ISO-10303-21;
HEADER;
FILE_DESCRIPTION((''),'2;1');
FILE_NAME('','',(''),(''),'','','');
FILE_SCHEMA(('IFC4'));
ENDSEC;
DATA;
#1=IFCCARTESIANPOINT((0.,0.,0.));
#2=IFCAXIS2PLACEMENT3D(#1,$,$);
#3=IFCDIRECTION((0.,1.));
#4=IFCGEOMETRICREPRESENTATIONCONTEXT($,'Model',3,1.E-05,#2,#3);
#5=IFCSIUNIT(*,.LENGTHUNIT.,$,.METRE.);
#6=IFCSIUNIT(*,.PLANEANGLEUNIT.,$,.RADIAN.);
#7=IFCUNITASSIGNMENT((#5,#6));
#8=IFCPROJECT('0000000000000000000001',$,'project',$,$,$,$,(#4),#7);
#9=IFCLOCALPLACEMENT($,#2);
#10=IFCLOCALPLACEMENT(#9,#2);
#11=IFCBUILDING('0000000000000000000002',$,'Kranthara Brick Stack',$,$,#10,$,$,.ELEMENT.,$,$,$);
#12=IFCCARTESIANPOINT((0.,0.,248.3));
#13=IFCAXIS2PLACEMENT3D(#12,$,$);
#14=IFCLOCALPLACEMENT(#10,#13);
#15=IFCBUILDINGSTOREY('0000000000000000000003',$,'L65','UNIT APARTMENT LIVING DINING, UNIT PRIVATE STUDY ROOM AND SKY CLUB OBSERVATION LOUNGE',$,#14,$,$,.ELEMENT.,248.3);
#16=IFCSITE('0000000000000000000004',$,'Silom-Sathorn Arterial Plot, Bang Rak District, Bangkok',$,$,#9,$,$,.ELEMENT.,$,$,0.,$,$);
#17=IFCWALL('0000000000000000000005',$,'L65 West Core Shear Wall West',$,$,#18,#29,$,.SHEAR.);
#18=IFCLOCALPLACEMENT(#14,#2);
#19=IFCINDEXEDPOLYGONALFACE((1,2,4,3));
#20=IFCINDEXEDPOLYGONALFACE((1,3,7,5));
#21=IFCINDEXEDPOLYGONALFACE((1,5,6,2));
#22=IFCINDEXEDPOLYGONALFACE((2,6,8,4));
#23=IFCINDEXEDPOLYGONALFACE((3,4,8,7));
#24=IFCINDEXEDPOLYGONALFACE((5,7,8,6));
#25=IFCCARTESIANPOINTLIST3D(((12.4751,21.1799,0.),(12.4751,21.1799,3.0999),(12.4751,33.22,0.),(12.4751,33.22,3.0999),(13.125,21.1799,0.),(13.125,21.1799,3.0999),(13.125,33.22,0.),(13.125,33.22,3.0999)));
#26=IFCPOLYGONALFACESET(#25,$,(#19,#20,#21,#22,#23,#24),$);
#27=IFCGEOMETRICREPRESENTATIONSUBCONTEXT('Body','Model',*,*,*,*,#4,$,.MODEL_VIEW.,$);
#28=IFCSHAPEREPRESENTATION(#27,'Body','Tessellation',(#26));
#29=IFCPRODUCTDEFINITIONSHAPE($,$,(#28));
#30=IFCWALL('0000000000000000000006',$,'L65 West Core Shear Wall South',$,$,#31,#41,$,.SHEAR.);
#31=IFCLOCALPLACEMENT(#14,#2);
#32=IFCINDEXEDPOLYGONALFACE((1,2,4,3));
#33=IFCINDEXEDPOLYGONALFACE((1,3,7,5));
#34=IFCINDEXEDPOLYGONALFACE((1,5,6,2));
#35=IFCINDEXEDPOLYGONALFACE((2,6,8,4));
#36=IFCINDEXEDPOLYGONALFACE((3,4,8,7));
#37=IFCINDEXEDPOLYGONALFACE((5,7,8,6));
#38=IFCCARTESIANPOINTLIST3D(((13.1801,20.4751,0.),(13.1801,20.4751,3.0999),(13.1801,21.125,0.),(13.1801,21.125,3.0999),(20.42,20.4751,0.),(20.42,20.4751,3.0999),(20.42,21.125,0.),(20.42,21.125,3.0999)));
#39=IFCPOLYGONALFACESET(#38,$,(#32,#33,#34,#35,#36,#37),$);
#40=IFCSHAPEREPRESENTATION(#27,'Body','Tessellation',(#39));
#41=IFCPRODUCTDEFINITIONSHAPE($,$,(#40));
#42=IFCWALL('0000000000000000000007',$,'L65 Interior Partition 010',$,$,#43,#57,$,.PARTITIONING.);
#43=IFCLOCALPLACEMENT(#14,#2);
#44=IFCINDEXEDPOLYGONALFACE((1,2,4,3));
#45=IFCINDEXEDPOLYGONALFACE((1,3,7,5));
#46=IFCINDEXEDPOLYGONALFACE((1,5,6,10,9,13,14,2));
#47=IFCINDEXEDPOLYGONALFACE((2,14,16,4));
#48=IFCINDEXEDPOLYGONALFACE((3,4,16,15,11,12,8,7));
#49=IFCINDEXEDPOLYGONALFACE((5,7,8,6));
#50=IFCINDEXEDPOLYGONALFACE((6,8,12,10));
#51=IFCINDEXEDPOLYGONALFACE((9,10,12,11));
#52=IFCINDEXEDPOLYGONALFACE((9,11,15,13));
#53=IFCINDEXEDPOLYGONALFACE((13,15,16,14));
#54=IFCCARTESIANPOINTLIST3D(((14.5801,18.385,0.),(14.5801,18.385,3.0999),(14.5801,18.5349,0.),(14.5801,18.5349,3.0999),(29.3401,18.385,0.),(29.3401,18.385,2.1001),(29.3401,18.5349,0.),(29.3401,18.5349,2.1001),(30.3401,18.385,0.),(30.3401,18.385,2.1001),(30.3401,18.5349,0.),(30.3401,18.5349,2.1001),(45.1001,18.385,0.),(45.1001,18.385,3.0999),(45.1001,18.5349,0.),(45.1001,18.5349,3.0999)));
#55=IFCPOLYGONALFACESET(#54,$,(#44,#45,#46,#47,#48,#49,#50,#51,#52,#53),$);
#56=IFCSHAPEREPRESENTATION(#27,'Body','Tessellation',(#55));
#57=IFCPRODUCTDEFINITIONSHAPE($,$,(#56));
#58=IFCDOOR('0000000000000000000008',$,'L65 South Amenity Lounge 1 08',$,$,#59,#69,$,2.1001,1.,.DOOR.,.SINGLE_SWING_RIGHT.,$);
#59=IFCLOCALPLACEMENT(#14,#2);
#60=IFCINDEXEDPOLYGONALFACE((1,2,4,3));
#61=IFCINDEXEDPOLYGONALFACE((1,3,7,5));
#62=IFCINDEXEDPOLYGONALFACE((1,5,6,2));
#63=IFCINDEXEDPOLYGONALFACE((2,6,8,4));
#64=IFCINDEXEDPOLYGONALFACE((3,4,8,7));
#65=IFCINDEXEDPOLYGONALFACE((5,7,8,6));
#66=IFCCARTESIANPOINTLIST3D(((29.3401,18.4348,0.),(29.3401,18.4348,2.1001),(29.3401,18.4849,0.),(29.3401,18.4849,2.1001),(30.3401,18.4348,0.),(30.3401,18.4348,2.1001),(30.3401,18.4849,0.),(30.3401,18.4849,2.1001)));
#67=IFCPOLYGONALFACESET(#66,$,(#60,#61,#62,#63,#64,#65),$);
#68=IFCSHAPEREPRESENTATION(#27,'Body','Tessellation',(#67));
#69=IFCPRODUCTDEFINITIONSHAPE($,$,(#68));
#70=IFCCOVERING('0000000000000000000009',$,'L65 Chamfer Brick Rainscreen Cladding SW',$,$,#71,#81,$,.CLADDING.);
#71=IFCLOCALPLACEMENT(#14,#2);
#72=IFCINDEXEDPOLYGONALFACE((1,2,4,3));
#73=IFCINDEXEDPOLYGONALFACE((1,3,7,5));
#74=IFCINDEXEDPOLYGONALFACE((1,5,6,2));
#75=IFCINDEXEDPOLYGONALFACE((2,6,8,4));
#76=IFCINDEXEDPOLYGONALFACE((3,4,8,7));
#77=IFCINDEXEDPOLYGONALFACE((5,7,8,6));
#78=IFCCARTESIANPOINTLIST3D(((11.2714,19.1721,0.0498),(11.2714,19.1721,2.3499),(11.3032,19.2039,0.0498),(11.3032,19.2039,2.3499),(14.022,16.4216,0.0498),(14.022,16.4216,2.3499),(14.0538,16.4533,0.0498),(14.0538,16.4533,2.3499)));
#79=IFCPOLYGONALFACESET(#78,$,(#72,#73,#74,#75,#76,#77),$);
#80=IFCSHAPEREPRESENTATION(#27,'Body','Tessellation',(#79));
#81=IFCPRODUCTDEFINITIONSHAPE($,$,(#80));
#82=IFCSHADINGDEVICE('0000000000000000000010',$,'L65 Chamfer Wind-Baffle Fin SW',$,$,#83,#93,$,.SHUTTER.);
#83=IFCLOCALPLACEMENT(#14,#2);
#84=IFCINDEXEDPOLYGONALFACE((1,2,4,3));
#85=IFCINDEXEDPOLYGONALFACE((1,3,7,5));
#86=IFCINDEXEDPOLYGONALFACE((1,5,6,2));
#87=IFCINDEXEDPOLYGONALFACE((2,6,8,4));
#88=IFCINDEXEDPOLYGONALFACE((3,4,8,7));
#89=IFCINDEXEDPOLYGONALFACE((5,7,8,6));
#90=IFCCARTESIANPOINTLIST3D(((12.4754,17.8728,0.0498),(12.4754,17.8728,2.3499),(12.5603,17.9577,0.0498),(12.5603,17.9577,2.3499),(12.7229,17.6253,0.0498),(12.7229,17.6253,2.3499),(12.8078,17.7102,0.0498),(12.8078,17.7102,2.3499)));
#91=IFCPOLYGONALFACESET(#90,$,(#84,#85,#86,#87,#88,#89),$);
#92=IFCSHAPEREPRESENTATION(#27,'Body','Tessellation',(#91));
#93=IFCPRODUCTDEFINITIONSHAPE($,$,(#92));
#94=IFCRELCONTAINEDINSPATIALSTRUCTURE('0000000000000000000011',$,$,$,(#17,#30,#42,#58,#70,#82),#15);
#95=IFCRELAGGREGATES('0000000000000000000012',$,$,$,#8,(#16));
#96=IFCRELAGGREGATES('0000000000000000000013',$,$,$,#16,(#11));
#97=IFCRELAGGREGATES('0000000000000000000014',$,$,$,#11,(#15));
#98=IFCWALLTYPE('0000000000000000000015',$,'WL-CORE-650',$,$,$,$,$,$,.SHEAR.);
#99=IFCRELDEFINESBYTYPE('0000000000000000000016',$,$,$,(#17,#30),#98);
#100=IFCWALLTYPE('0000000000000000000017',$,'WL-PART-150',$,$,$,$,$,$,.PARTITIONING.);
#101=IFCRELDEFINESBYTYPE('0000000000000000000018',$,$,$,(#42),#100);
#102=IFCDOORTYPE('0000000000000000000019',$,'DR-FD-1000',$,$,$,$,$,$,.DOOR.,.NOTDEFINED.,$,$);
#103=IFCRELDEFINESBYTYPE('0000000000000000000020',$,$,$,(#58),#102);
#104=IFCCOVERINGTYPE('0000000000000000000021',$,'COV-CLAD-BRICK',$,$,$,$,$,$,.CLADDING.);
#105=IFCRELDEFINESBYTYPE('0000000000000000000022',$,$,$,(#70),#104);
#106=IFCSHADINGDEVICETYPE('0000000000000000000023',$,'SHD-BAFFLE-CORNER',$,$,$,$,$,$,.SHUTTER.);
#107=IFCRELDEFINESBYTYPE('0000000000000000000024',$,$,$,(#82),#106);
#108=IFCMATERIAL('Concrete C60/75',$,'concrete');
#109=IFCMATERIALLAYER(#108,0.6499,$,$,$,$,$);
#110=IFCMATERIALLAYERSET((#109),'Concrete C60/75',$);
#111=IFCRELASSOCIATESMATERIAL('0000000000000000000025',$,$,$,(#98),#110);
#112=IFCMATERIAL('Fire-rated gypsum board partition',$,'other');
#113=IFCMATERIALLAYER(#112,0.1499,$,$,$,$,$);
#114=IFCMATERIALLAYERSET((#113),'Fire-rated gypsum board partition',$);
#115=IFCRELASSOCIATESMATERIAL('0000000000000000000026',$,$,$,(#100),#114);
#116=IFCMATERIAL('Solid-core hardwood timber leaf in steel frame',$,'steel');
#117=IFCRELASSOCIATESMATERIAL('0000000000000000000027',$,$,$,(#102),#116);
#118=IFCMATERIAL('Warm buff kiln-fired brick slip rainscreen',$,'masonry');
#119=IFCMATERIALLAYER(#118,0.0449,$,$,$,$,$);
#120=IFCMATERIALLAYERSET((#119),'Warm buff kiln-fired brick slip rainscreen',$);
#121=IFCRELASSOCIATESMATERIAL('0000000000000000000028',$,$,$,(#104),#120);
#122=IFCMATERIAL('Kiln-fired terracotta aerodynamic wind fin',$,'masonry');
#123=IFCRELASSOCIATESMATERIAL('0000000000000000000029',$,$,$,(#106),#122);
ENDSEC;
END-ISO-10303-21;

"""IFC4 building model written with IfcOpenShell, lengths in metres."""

from ifc_helpers import new_model, si_unit, direction, frame, frame_2d, origin, origin_2d, place, context, subcontext, project, spatial, rectangle, extrude, material, layer, layer_set, type_object, element, fill, save


model = new_model("IFC4")

# Units and contexts
model_context = context("Model", 3, precision=1e-05, world=origin(), true_north=direction((0.0, 1.0)))
body_context = subcontext(model_context, "Body", "Model", "MODEL_VIEW")
ifc_project = project(units=[si_unit("LENGTHUNIT", "METRE"), si_unit("PLANEANGLEUNIT", "RADIAN")], contexts=[model_context])

# Site, building, storey
site_placement = place(None, origin())
site = spatial("IfcSite", under=ifc_project, at=site_placement, Name="Silom-Sathorn Arterial Plot, Bang Rak District, Bangkok", CompositionType="ELEMENT", RefElevation=0.0)
building_placement = place(site_placement, origin())
building = spatial("IfcBuilding", under=site, at=building_placement, Name="Kranthara Brick Stack", CompositionType="ELEMENT")
storey_placement = place(building_placement, frame((0.0, 0.0, 248.3)))
storey = spatial("IfcBuildingStorey", under=building, at=storey_placement, Name="L65", Description="UNIT APARTMENT LIVING DINING, UNIT PRIVATE STUDY ROOM AND SKY CLUB OBSERVATION LOUNGE", CompositionType="ELEMENT", Elevation=248.3)

# Walls
ifc_material_1 = material(Name="Concrete C60/75", Category="concrete")
ifc_layer_1 = layer(ifc_material_1, 0.6499)
ifc_layer_set_1 = layer_set([ifc_layer_1], Name="Concrete C60/75")
wall_type_1 = type_object("IfcWallType", Name="WL-CORE-650", PredefinedType="SHEAR", material=ifc_layer_set_1)
wall_1_placement = place(storey_placement, frame((12.8, 21.1799, 0.0), z_axis=(0.0, 0.0, 1.0), x_axis=(0.0, 1.0, 0.0)))
element("IfcWall", 1, at=wall_1_placement, inside=storey, type_object=wall_type_1, Name="L65 West Core Shear Wall West", PredefinedType="SHEAR", context=body_context, shape_type="SweptSolid", body=[
    extrude(rectangle(XDim=12.04, YDim=0.6499, at=frame_2d((6.02, 0.0))), origin(), (0.0, 0.0, 1.0), 3.0999),
])
wall_2_placement = place(storey_placement, frame((13.1799, 20.8, 0.0), z_axis=(0.0, 0.0, 1.0), x_axis=(1.0, 0.0, 0.0)))
element("IfcWall", 2, at=wall_2_placement, inside=storey, type_object=wall_type_1, Name="L65 West Core Shear Wall South", PredefinedType="SHEAR", context=body_context, shape_type="SweptSolid", body=[
    extrude(rectangle(XDim=7.24, YDim=0.6499, at=frame_2d((3.6201, 0.0))), origin(), (0.0, 0.0, 1.0), 3.0999),
])

# Wall, opening, door
ifc_material_2 = material(Name="Fire-rated gypsum board partition", Category="other")
ifc_layer_2 = layer(ifc_material_2, 0.1499)
ifc_layer_set_2 = layer_set([ifc_layer_2], Name="Fire-rated gypsum board partition")
wall_type_2 = type_object("IfcWallType", Name="WL-PART-150", PredefinedType="PARTITIONING", material=ifc_layer_set_2)
wall_3_placement = place(storey_placement, frame((14.5801, 18.46, 0.0), z_axis=(0.0, 0.0, 1.0), x_axis=(1.0, 0.0, 0.0)))
wall_3 = element("IfcWall", 3, at=wall_3_placement, inside=storey, type_object=wall_type_2, Name="L65 Interior Partition 010", PredefinedType="PARTITIONING", context=body_context, shape_type="SweptSolid", body=[
    extrude(rectangle(XDim=30.52, YDim=0.1499, at=frame_2d((15.26, 0.0))), origin(), (0.0, 0.0, 1.0), 3.0999),
])
opening_1_placement = place(wall_3_placement, frame((14.76, 0.0, 0.0)))
opening_1 = element("IfcOpeningElement", 4, at=opening_1_placement, cuts=wall_3, PredefinedType="OPENING", context=body_context, shape_type="SweptSolid", body=[
    extrude(rectangle(XDim=1.0, YDim=2.1001, at=frame_2d((0.5, 1.05))), frame((0.0, 0.085, 0.0), z_axis=(0.0, -1.0, 0.0), x_axis=(1.0, 0.0, 0.0)), (0.0, 0.0, 1.0), 0.1699),
])
ifc_material_3 = material(Name="Solid-core hardwood timber leaf in steel frame", Category="steel")
door_type_1 = type_object("IfcDoorType", Name="DR-FD-1000", OperationType="NOTDEFINED", PredefinedType="DOOR", material=ifc_material_3)
door_1_placement = place(opening_1_placement, origin())
door_1 = element("IfcDoor", 5, at=door_1_placement, inside=storey, type_object=door_type_1, Name="L65 South Amenity Lounge 1 08", OperationType="SINGLE_SWING_RIGHT", OverallHeight=2.1001, OverallWidth=1.0, PredefinedType="DOOR", context=body_context, shape_type="SweptSolid", body=[
    extrude(rectangle(XDim=1.0, YDim=2.1001, at=frame_2d((0.5, 1.05))), frame((0.0, 0.0249, 0.0), z_axis=(0.0, -1.0, 0.0), x_axis=(1.0, 0.0, 0.0)), (0.0, 0.0, 1.0), 0.05),
])
fill(opening_1, door_1)

# Covering
ifc_material_4 = material(Name="Warm buff kiln-fired brick slip rainscreen", Category="masonry")
ifc_layer_3 = layer(ifc_material_4, 0.0449)
ifc_layer_set_3 = layer_set([ifc_layer_3], Name="Warm buff kiln-fired brick slip rainscreen")
covering_type = type_object("IfcCoveringType", Name="COV-CLAD-BRICK", PredefinedType="CLADDING", material=ifc_layer_set_3)
covering_placement = place(storey_placement, frame((12.6626, 17.8127, 0.0498), z_axis=(0.0, 0.0, 1.0), x_axis=(-0.707107, 0.707107, 0.0)))
element("IfcCovering", 6, at=covering_placement, inside=storey, type_object=covering_type, Name="L65 Chamfer Brick Rainscreen Cladding SW", PredefinedType="CLADDING", context=body_context, shape_type="SweptSolid", body=[
    extrude(rectangle(XDim=3.8899, YDim=0.0449, at=origin_2d()), origin(), (0.0, 0.0, 1.0), 2.3),
])

# Shading device
ifc_material_5 = material(Name="Kiln-fired terracotta aerodynamic wind fin", Category="masonry")
shading_device_type = type_object("IfcShadingDeviceType", Name="SHD-BAFFLE-CORNER", PredefinedType="SHUTTER", material=ifc_material_5)
shading_device_placement = place(storey_placement, frame((12.6416, 17.7915, 0.0498), z_axis=(0.0, 0.0, 1.0), x_axis=(-0.707107, 0.707107, 0.0)))
element("IfcShadingDevice", 7, at=shading_device_placement, inside=storey, type_object=shading_device_type, Name="L65 Chamfer Wind-Baffle Fin SW", PredefinedType="SHUTTER", context=body_context, shape_type="SweptSolid", body=[
    extrude(rectangle(XDim=0.3501, YDim=0.1201, at=origin_2d()), origin(), (0.0, 0.0, 1.0), 2.3),
])

save(model, "model.ifc")
